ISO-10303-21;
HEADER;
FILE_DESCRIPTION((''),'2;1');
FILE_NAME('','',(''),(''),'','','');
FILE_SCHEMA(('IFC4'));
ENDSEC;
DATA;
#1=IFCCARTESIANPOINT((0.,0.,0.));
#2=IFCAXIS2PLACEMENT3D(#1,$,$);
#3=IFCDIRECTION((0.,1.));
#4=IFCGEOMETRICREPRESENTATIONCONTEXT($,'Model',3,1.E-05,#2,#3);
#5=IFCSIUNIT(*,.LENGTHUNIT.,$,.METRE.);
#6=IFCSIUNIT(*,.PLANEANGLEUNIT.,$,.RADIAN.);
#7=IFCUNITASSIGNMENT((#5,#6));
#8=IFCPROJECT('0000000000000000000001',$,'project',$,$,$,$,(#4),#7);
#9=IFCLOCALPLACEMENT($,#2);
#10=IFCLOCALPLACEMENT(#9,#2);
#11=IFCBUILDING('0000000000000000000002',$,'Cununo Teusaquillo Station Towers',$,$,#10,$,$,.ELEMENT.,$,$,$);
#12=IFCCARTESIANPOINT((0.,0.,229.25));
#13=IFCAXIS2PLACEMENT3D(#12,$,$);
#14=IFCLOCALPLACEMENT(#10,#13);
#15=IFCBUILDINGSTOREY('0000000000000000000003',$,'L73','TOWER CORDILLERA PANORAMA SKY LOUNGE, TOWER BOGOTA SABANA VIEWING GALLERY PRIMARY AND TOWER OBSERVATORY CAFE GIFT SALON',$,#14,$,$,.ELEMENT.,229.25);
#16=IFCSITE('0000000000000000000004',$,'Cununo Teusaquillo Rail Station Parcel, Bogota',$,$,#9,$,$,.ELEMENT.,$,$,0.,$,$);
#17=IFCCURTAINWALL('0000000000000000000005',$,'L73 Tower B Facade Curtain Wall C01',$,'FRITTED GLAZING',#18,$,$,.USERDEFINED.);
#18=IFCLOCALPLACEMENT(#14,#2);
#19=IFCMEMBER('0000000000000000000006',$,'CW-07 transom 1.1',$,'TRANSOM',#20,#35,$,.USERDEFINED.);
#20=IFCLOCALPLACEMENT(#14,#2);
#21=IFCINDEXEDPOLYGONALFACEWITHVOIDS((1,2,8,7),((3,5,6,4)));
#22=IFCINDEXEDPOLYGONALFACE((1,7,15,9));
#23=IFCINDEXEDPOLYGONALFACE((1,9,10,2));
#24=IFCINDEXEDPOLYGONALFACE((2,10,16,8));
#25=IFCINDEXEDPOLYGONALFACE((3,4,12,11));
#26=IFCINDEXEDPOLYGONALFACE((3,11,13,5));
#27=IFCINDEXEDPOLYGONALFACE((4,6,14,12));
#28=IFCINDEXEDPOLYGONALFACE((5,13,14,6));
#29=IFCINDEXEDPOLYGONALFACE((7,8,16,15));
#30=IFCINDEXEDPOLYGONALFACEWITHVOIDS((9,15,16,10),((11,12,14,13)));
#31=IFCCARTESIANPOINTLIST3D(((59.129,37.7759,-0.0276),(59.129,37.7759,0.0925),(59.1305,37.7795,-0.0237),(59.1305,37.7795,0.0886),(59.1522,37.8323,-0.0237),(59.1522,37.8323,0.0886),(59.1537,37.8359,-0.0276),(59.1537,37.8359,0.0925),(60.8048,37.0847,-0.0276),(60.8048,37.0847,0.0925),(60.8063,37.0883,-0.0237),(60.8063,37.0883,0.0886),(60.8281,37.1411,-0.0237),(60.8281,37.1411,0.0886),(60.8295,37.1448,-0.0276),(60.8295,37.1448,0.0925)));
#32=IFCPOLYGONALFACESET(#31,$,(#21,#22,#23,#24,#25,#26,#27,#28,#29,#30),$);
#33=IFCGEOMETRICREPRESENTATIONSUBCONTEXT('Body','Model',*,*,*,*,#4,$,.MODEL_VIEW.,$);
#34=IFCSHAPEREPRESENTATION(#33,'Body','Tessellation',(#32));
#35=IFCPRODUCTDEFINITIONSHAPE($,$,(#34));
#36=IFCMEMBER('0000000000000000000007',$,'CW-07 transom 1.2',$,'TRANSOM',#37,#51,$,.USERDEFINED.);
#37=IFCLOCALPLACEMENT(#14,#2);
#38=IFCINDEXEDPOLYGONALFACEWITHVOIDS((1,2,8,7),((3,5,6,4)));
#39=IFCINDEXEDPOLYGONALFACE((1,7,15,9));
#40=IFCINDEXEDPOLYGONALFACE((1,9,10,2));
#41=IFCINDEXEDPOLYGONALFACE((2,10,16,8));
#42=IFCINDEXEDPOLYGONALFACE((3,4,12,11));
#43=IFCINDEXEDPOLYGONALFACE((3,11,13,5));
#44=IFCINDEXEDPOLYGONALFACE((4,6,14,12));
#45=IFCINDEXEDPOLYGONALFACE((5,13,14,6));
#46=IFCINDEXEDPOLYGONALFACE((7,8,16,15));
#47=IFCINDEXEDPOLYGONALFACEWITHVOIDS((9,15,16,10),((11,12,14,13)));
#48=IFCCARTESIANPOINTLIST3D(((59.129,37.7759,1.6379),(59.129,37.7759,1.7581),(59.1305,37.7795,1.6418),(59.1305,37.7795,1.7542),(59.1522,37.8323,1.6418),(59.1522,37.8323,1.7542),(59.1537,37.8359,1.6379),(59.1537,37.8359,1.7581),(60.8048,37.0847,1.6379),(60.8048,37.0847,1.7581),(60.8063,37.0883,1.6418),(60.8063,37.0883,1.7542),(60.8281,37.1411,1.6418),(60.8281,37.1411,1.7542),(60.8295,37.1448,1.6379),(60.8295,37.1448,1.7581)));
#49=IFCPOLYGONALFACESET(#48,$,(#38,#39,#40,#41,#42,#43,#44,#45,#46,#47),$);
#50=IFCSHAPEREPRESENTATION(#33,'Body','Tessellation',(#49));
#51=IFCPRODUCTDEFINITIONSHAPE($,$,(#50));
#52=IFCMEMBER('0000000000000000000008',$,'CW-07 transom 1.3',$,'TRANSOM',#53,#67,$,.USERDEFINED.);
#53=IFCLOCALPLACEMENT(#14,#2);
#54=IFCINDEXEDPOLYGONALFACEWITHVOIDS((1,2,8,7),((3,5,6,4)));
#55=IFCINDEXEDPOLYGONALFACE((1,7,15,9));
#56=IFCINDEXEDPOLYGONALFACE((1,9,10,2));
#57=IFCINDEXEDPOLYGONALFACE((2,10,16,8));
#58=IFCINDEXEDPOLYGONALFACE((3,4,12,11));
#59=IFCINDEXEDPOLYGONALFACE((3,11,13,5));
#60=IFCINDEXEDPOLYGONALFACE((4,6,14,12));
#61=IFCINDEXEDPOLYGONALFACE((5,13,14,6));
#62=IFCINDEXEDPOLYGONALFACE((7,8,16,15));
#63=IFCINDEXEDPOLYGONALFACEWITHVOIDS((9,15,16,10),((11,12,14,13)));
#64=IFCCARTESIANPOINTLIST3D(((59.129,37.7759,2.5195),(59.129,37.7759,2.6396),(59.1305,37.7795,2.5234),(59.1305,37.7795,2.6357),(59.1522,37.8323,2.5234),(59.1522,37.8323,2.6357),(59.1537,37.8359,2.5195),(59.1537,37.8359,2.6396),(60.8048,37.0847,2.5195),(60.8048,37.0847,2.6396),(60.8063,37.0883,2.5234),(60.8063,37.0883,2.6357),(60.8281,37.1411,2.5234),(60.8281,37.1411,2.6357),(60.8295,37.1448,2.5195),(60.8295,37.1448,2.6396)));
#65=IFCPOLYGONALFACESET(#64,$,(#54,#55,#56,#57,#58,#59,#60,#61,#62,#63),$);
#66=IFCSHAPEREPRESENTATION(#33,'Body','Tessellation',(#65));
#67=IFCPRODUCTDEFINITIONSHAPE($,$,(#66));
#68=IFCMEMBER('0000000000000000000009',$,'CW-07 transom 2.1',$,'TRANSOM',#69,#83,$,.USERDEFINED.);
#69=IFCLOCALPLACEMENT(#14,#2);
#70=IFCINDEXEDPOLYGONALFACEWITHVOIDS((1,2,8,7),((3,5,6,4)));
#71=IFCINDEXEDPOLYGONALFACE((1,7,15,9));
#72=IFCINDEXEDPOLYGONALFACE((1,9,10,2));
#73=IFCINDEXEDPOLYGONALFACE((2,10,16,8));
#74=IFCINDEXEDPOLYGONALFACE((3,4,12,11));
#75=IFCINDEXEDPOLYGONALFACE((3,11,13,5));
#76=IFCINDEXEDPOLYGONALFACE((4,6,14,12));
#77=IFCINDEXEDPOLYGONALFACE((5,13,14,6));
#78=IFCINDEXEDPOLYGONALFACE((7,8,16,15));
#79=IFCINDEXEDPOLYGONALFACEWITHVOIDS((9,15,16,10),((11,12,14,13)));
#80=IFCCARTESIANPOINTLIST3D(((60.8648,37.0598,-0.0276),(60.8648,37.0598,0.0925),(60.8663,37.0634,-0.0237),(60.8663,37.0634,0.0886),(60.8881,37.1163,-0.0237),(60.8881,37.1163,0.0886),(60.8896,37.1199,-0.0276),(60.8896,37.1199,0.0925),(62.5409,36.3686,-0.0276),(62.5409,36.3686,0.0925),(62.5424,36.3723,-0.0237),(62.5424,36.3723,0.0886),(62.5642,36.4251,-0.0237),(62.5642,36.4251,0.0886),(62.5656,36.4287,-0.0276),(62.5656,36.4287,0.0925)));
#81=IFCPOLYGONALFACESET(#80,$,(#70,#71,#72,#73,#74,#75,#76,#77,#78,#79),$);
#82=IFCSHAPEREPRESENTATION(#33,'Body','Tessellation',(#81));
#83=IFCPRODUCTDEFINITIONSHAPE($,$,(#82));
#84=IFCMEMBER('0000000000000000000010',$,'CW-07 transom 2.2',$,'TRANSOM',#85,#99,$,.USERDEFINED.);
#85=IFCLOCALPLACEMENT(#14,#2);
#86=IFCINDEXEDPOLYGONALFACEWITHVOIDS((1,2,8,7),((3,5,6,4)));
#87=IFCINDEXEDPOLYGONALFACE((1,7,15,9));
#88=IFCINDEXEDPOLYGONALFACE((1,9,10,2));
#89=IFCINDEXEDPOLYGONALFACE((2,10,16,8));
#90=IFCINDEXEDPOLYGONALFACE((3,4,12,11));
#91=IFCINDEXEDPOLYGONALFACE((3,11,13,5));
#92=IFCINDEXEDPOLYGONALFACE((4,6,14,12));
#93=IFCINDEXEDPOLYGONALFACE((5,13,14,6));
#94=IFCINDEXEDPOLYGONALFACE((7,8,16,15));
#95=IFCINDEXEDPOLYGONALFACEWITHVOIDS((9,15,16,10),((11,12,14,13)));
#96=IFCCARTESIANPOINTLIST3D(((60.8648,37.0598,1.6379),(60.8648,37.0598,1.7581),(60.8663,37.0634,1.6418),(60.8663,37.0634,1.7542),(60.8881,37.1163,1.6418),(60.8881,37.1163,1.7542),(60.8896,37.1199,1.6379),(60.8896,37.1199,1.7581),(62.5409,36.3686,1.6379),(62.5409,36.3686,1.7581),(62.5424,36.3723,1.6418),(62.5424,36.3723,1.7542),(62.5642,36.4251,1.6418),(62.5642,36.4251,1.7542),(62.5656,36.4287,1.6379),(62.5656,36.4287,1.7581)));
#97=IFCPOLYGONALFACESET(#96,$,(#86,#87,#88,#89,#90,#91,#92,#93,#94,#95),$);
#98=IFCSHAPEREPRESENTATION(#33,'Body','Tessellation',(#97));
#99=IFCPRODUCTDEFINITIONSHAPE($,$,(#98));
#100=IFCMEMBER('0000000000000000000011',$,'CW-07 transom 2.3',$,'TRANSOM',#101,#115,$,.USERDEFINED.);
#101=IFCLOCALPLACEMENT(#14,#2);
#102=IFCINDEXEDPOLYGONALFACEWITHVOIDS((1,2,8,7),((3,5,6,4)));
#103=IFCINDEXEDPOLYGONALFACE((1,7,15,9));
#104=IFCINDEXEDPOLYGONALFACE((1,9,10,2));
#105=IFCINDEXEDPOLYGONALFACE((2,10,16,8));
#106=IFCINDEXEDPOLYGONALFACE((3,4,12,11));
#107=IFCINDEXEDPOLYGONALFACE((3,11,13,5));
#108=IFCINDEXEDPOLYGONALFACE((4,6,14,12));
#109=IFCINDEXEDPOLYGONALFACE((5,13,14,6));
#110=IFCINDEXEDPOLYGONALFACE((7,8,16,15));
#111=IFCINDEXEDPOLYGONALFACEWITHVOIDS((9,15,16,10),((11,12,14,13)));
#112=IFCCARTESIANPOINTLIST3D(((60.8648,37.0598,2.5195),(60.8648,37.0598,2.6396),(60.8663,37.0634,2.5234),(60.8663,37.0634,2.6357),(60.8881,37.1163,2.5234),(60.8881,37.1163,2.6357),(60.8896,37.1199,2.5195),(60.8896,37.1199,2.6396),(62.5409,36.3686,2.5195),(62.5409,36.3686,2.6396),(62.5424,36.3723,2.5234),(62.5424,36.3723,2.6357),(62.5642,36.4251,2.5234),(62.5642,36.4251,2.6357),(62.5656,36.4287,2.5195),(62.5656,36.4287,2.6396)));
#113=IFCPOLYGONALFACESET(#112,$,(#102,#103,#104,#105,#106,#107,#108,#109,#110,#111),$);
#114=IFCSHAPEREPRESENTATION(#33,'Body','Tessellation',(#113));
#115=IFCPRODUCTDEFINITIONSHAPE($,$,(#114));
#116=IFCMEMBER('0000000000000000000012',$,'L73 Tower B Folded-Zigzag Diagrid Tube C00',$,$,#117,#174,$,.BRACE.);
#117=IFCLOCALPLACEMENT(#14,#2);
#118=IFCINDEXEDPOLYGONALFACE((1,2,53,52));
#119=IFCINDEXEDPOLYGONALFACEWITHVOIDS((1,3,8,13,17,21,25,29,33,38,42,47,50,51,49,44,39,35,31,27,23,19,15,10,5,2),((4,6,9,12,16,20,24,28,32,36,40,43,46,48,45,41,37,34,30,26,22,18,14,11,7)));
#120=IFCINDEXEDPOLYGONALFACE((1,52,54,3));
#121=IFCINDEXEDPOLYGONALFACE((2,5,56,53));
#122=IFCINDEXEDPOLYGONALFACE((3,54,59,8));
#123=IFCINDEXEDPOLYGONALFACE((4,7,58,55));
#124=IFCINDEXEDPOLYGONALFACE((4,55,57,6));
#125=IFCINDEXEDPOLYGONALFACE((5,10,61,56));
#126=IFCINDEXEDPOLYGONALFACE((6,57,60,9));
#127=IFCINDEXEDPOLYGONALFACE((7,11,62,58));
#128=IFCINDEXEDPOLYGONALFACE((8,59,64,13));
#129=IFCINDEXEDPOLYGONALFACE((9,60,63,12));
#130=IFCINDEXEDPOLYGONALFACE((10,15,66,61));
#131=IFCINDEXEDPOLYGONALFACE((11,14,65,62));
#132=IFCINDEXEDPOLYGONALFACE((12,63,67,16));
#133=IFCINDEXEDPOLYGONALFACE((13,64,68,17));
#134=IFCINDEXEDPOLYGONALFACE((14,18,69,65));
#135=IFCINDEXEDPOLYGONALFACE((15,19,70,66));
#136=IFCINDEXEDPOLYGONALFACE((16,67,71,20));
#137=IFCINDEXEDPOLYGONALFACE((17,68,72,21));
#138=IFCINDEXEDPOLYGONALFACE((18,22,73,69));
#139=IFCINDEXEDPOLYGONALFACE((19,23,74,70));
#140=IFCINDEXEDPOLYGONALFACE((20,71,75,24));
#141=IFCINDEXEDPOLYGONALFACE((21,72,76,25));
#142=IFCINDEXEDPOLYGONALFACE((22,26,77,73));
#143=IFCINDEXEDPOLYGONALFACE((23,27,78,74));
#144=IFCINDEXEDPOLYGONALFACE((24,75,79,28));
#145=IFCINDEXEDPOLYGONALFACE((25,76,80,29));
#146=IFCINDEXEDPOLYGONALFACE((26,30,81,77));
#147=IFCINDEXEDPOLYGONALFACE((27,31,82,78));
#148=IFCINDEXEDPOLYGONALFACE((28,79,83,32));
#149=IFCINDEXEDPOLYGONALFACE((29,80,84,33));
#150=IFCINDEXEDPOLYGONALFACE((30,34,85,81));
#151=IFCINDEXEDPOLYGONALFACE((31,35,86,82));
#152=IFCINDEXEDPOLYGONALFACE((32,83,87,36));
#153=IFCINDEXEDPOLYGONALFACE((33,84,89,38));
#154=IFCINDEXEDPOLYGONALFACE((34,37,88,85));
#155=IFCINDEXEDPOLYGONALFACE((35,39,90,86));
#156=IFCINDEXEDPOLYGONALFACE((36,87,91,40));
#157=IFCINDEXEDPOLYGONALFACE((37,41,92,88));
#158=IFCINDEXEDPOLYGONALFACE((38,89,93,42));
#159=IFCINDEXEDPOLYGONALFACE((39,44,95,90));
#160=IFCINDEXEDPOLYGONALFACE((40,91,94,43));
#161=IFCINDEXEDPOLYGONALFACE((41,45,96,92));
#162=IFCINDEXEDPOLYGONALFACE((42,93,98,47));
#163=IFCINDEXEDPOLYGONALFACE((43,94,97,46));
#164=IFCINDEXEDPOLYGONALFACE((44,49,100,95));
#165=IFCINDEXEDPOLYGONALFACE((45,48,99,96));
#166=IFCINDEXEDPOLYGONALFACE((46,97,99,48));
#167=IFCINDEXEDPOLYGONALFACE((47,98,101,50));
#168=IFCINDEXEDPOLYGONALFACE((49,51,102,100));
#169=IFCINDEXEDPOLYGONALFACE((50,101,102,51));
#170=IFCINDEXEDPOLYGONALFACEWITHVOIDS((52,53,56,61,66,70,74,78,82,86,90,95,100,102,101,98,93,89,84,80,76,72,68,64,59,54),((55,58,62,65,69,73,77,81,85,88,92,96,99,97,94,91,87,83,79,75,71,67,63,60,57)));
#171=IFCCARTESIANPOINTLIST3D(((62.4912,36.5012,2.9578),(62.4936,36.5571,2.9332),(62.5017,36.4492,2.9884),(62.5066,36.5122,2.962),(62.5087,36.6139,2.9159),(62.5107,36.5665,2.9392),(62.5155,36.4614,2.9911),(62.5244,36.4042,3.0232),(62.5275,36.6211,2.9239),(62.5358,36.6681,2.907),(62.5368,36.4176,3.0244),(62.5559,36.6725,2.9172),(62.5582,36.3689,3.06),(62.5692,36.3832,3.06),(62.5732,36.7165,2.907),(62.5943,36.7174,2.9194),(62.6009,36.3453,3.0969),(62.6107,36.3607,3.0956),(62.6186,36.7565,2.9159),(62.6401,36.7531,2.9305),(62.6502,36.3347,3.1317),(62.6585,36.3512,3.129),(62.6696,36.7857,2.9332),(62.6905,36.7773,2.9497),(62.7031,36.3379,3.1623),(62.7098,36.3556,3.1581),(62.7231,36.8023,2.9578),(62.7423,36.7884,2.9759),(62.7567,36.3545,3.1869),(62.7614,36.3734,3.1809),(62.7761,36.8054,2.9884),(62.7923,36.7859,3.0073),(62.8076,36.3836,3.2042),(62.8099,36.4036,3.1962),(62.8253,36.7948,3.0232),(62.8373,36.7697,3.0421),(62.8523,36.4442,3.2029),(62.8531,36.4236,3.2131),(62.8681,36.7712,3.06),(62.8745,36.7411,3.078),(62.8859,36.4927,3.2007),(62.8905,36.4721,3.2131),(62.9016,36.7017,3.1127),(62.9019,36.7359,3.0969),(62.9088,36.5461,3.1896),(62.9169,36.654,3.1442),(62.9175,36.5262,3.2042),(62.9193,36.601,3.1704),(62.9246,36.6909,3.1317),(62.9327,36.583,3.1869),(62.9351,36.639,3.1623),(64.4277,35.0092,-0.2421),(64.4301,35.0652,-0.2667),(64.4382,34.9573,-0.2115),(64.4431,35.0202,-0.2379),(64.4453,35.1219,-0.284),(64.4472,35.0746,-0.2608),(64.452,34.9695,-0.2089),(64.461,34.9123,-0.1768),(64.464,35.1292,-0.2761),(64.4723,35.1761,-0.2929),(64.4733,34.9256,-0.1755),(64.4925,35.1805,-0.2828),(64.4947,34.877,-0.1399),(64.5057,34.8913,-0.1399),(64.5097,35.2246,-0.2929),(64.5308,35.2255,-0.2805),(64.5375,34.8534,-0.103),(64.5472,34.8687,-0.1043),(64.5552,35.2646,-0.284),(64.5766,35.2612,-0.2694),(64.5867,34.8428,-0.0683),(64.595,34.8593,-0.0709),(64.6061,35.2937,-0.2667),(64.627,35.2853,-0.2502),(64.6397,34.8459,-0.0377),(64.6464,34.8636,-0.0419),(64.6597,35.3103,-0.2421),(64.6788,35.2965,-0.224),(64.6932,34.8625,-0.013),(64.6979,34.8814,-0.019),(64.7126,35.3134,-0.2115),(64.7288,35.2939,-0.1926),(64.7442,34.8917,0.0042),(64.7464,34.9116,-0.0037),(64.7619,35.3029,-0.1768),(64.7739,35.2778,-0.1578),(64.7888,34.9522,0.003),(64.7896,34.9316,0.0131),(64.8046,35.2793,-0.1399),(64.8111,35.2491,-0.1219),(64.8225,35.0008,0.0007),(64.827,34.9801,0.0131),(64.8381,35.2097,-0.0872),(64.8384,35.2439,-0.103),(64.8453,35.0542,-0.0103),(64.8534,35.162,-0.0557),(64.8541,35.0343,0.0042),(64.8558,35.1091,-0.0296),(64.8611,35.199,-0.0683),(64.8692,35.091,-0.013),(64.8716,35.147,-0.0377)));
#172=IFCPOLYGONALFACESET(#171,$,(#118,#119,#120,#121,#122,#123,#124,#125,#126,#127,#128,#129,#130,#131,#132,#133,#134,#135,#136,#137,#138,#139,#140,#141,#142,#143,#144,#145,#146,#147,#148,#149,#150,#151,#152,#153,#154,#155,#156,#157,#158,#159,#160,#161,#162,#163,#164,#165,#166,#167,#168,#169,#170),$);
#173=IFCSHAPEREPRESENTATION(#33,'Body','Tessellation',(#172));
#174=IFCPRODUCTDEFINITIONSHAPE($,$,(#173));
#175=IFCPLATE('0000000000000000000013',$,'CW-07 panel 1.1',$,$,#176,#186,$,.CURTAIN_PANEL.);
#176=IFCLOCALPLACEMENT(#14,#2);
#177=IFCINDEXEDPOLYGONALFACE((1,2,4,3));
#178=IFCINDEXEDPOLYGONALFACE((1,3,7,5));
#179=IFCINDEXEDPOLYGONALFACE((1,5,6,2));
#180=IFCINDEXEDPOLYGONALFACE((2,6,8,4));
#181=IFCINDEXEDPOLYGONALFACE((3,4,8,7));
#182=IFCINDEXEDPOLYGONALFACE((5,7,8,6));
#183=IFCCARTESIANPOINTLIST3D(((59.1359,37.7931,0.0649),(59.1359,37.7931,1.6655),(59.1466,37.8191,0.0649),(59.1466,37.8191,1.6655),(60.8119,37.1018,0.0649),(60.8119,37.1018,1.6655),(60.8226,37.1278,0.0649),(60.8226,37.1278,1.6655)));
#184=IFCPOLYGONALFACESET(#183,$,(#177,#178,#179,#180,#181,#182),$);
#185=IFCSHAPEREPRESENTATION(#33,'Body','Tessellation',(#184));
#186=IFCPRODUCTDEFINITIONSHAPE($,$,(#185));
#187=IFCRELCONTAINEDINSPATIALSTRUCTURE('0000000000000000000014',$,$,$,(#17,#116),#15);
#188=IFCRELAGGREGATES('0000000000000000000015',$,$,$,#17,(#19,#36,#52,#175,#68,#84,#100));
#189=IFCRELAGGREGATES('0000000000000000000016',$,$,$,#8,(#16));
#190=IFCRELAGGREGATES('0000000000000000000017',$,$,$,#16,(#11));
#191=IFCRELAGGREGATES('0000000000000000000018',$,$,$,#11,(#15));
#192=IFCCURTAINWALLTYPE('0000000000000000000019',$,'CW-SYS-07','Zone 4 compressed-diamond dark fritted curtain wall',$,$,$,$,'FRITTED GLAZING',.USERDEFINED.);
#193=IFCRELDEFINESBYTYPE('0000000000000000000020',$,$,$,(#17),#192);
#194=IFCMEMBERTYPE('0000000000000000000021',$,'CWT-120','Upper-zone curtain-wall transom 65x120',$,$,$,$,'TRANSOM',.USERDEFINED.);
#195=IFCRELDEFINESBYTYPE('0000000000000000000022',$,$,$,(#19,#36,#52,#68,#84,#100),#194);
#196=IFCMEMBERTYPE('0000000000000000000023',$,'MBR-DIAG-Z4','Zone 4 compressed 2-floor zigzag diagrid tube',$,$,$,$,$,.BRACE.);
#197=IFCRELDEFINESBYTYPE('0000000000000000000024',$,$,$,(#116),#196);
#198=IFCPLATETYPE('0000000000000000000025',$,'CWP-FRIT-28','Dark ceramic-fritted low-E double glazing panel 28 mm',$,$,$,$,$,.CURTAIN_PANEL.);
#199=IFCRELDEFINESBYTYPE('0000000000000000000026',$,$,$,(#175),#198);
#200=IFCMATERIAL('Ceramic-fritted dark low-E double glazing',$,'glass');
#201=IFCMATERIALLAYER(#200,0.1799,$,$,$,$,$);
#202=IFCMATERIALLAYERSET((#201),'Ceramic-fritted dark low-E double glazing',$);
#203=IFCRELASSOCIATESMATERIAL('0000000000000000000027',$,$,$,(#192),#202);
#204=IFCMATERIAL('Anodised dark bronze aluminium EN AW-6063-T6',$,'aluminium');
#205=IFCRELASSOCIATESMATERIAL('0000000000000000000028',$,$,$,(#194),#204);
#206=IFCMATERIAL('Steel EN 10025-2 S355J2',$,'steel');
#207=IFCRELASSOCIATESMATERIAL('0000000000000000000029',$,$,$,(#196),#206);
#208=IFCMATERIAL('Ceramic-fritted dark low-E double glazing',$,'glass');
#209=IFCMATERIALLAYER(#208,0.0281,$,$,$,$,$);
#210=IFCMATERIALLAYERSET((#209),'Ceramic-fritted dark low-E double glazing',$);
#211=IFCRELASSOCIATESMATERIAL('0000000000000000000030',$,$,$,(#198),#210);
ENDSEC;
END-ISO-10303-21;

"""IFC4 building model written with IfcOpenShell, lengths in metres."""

from ifc_helpers import new_model, si_unit, direction, frame, origin, origin_2d, place, context, subcontext, project, spatial, rectangle, hollow_rectangle, hollow_circle, extrude, source, transform, mapped, material, layer, layer_set, material_profile, profile_set, type_object, element, aggregate, save


model = new_model("IFC4")

# Units and contexts
model_context = context("Model", 3, precision=1e-05, world=origin(), true_north=direction((0.0, 1.0)))
body_context = subcontext(model_context, "Body", "Model", "MODEL_VIEW")
ifc_project = project(units=[si_unit("LENGTHUNIT", "METRE"), si_unit("PLANEANGLEUNIT", "RADIAN")], contexts=[model_context])

# Site, building, storey
site_placement = place(None, origin())
site = spatial("IfcSite", under=ifc_project, at=site_placement, Name="Cununo Teusaquillo Rail Station Parcel, Bogota", CompositionType="ELEMENT", RefElevation=0.0)
building_placement = place(site_placement, origin())
building = spatial("IfcBuilding", under=site, at=building_placement, Name="Cununo Teusaquillo Station Towers", CompositionType="ELEMENT")
storey_placement = place(building_placement, frame((0.0, 0.0, 229.25)))
storey = spatial("IfcBuildingStorey", under=building, at=storey_placement, Name="L73", Description="TOWER CORDILLERA PANORAMA SKY LOUNGE, TOWER BOGOTA SABANA VIEWING GALLERY PRIMARY AND TOWER OBSERVATORY CAFE GIFT SALON", CompositionType="ELEMENT", Elevation=229.25)

# Curtain wall, members
ifc_material_1 = material(Name="Ceramic-fritted dark low-E double glazing", Category="glass")
ifc_layer_1 = layer(ifc_material_1, 0.1799)
ifc_layer_set_1 = layer_set([ifc_layer_1], Name="Ceramic-fritted dark low-E double glazing")
curtain_wall_type = type_object("IfcCurtainWallType", Name="CW-SYS-07", Description="Zone 4 compressed-diamond dark fritted curtain wall", ElementType="FRITTED GLAZING", PredefinedType="USERDEFINED", material=ifc_layer_set_1)
curtain_wall_placement = place(storey_placement, origin())
curtain_wall = element("IfcCurtainWall", 1, at=curtain_wall_placement, inside=storey, type_object=curtain_wall_type, Name="L73 Tower B Facade Curtain Wall C01", ObjectType="FRITTED GLAZING", PredefinedType="USERDEFINED")
ifc_material_2 = material(Name="Anodised dark bronze aluminium EN AW-6063-T6", Category="aluminium")
ifc_material_profile_1 = material_profile(ifc_material_2, hollow_rectangle(XDim=0.0649, YDim=0.1201, WallThickness=0.0039, at=origin_2d()), Name="CW-TRAN-65x120")
ifc_profile_set_1 = profile_set([ifc_material_profile_1], Name="Anodised dark bronze aluminium EN AW-6063-T6")
member_type_1 = type_object("IfcMemberType", Name="CWT-120", Description="Upper-zone curtain-wall transom 65x120", ElementType="TRANSOM", PredefinedType="USERDEFINED", material=ifc_profile_set_1)
member_1_placement = place(storey_placement, frame((59.1414, 37.8059, 0.0325), z_axis=(0.924458, -0.381285, 0.0), x_axis=(0.381285, 0.924458, 0.0)))
member_1 = element("IfcMember", 2, at=member_1_placement, type_object=member_type_1, Name="CW-07 transom 1.1", ObjectType="TRANSOM", PredefinedType="USERDEFINED", context=body_context, shape_type="SweptSolid", body=[
    extrude(hollow_rectangle(XDim=0.0649, YDim=0.1201, WallThickness=0.0039, at=origin_2d()), origin(), (0.0, 0.0, 1.0), 1.8127),
])
member_2_placement = place(storey_placement, frame((59.1414, 37.8059, 1.698), z_axis=(0.924458, -0.381285, 0.0), x_axis=(0.381285, 0.924458, 0.0)))
member_2 = element("IfcMember", 3, at=member_2_placement, type_object=member_type_1, Name="CW-07 transom 1.2", ObjectType="TRANSOM", PredefinedType="USERDEFINED", context=body_context, shape_type="SweptSolid", body=[
    extrude(hollow_rectangle(XDim=0.0649, YDim=0.1201, WallThickness=0.0039, at=origin_2d()), origin(), (0.0, 0.0, 1.0), 1.8127),
])
member_3_placement = place(storey_placement, frame((59.1414, 37.8059, 2.5796), z_axis=(0.924458, -0.381285, 0.0), x_axis=(0.381285, 0.924458, 0.0)))
member_3 = element("IfcMember", 4, at=member_3_placement, type_object=member_type_1, Name="CW-07 transom 1.3", ObjectType="TRANSOM", PredefinedType="USERDEFINED", context=body_context, shape_type="SweptSolid", body=[
    extrude(hollow_rectangle(XDim=0.0649, YDim=0.1201, WallThickness=0.0039, at=origin_2d()), origin(), (0.0, 0.0, 1.0), 1.8127),
])
member_4_placement = place(storey_placement, frame((60.8772, 37.0898, 0.0325), z_axis=(0.924477, -0.381237, 0.0), x_axis=(0.381237, 0.924477, 0.0)))
member_4 = element("IfcMember", 5, at=member_4_placement, type_object=member_type_1, Name="CW-07 transom 2.1", ObjectType="TRANSOM", PredefinedType="USERDEFINED", context=body_context, shape_type="SweptSolid", body=[
    extrude(hollow_rectangle(XDim=0.0649, YDim=0.1201, WallThickness=0.0039, at=origin_2d()), origin(), (0.0, 0.0, 1.0), 1.813),
])
member_5_placement = place(storey_placement, frame((60.8772, 37.0898, 1.698), z_axis=(0.924477, -0.381237, 0.0), x_axis=(0.381237, 0.924477, 0.0)))
member_5 = element("IfcMember", 6, at=member_5_placement, type_object=member_type_1, Name="CW-07 transom 2.2", ObjectType="TRANSOM", PredefinedType="USERDEFINED", context=body_context, shape_type="SweptSolid", body=[
    extrude(hollow_rectangle(XDim=0.0649, YDim=0.1201, WallThickness=0.0039, at=origin_2d()), origin(), (0.0, 0.0, 1.0), 1.813),
])
member_6_placement = place(storey_placement, frame((60.8772, 37.0898, 2.5796), z_axis=(0.924477, -0.381237, 0.0), x_axis=(0.381237, 0.924477, 0.0)))
member_6 = element("IfcMember", 7, at=member_6_placement, type_object=member_type_1, Name="CW-07 transom 2.3", ObjectType="TRANSOM", PredefinedType="USERDEFINED", context=body_context, shape_type="SweptSolid", body=[
    extrude(hollow_rectangle(XDim=0.0649, YDim=0.1201, WallThickness=0.0039, at=origin_2d()), origin(), (0.0, 0.0, 1.0), 1.813),
])

# Member
ifc_material_3 = material(Name="Steel EN 10025-2 S355J2", Category="steel")
ifc_material_profile_2 = material_profile(ifc_material_3, hollow_circle(Radius=0.2539, WallThickness=0.0181, at=origin_2d()), Name="CHS 508x18")
ifc_profile_set_2 = profile_set([ifc_material_profile_2], Name="Steel EN 10025-2 S355J2")
member_type_2 = type_object("IfcMemberType", Name="MBR-DIAG-Z4", Description="Zone 4 compressed 2-floor zigzag diagrid tube", PredefinedType="BRACE", material=ifc_profile_set_2)
member_7_placement = place(storey_placement, frame((64.6497, 35.0781, -0.1399), z_axis=(-0.4809, 0.370497, 0.794649), x_axis=(-0.610304, -0.792167, 0.0)))
element("IfcMember", 8, at=member_7_placement, inside=storey, type_object=member_type_2, Name="L73 Tower B Folded-Zigzag Diagrid Tube C00", PredefinedType="BRACE", context=body_context, shape_type="SweptSolid", body=[
    extrude(hollow_circle(Radius=0.2539, WallThickness=0.0181, at=origin_2d()), origin(), (0.0, 0.0, 1.0), 4.0269),
])

# Plate
ifc_material_4 = material(Name="Ceramic-fritted dark low-E double glazing", Category="glass")
ifc_layer_2 = layer(ifc_material_4, 0.0281)
ifc_layer_set_2 = layer_set([ifc_layer_2], Name="Ceramic-fritted dark low-E double glazing")
plate_type = type_object("IfcPlateType", Name="CWP-FRIT-28", Description="Dark ceramic-fritted low-E double glazing panel 28 mm", PredefinedType="CURTAIN_PANEL", material=ifc_layer_set_2)
shared_shape_1 = source(origin(), body_context, "Body", "SweptSolid", [
    extrude(rectangle(XDim=1.813, YDim=0.0281, at=origin_2d()), origin(), (0.0, 0.0, 1.0), 1.6006),
])
plate_1_placement = place(storey_placement, frame((59.9792, 37.4604, 0.0649), z_axis=(0.0, 0.0, 1.0), x_axis=(0.924447, -0.381311, 0.0)))
plate_1 = element("IfcPlate", 9, at=plate_1_placement, type_object=plate_type, Name="CW-07 panel 1.1", PredefinedType="CURTAIN_PANEL", context=body_context, shape_type="MappedRepresentation", body=[
    mapped(shared_shape_1, transform((0.0, 0.0, 0.0), x_axis=(1.0, 0.0, 0.0), y_axis=(0.0, 1.0, 0.0), z_axis=(0.0, 0.0, 1.0), scale=1.0)),
])
aggregate(curtain_wall, [member_1, member_2, member_3, plate_1, member_4, member_5, member_6])

save(model, "model.ifc")
